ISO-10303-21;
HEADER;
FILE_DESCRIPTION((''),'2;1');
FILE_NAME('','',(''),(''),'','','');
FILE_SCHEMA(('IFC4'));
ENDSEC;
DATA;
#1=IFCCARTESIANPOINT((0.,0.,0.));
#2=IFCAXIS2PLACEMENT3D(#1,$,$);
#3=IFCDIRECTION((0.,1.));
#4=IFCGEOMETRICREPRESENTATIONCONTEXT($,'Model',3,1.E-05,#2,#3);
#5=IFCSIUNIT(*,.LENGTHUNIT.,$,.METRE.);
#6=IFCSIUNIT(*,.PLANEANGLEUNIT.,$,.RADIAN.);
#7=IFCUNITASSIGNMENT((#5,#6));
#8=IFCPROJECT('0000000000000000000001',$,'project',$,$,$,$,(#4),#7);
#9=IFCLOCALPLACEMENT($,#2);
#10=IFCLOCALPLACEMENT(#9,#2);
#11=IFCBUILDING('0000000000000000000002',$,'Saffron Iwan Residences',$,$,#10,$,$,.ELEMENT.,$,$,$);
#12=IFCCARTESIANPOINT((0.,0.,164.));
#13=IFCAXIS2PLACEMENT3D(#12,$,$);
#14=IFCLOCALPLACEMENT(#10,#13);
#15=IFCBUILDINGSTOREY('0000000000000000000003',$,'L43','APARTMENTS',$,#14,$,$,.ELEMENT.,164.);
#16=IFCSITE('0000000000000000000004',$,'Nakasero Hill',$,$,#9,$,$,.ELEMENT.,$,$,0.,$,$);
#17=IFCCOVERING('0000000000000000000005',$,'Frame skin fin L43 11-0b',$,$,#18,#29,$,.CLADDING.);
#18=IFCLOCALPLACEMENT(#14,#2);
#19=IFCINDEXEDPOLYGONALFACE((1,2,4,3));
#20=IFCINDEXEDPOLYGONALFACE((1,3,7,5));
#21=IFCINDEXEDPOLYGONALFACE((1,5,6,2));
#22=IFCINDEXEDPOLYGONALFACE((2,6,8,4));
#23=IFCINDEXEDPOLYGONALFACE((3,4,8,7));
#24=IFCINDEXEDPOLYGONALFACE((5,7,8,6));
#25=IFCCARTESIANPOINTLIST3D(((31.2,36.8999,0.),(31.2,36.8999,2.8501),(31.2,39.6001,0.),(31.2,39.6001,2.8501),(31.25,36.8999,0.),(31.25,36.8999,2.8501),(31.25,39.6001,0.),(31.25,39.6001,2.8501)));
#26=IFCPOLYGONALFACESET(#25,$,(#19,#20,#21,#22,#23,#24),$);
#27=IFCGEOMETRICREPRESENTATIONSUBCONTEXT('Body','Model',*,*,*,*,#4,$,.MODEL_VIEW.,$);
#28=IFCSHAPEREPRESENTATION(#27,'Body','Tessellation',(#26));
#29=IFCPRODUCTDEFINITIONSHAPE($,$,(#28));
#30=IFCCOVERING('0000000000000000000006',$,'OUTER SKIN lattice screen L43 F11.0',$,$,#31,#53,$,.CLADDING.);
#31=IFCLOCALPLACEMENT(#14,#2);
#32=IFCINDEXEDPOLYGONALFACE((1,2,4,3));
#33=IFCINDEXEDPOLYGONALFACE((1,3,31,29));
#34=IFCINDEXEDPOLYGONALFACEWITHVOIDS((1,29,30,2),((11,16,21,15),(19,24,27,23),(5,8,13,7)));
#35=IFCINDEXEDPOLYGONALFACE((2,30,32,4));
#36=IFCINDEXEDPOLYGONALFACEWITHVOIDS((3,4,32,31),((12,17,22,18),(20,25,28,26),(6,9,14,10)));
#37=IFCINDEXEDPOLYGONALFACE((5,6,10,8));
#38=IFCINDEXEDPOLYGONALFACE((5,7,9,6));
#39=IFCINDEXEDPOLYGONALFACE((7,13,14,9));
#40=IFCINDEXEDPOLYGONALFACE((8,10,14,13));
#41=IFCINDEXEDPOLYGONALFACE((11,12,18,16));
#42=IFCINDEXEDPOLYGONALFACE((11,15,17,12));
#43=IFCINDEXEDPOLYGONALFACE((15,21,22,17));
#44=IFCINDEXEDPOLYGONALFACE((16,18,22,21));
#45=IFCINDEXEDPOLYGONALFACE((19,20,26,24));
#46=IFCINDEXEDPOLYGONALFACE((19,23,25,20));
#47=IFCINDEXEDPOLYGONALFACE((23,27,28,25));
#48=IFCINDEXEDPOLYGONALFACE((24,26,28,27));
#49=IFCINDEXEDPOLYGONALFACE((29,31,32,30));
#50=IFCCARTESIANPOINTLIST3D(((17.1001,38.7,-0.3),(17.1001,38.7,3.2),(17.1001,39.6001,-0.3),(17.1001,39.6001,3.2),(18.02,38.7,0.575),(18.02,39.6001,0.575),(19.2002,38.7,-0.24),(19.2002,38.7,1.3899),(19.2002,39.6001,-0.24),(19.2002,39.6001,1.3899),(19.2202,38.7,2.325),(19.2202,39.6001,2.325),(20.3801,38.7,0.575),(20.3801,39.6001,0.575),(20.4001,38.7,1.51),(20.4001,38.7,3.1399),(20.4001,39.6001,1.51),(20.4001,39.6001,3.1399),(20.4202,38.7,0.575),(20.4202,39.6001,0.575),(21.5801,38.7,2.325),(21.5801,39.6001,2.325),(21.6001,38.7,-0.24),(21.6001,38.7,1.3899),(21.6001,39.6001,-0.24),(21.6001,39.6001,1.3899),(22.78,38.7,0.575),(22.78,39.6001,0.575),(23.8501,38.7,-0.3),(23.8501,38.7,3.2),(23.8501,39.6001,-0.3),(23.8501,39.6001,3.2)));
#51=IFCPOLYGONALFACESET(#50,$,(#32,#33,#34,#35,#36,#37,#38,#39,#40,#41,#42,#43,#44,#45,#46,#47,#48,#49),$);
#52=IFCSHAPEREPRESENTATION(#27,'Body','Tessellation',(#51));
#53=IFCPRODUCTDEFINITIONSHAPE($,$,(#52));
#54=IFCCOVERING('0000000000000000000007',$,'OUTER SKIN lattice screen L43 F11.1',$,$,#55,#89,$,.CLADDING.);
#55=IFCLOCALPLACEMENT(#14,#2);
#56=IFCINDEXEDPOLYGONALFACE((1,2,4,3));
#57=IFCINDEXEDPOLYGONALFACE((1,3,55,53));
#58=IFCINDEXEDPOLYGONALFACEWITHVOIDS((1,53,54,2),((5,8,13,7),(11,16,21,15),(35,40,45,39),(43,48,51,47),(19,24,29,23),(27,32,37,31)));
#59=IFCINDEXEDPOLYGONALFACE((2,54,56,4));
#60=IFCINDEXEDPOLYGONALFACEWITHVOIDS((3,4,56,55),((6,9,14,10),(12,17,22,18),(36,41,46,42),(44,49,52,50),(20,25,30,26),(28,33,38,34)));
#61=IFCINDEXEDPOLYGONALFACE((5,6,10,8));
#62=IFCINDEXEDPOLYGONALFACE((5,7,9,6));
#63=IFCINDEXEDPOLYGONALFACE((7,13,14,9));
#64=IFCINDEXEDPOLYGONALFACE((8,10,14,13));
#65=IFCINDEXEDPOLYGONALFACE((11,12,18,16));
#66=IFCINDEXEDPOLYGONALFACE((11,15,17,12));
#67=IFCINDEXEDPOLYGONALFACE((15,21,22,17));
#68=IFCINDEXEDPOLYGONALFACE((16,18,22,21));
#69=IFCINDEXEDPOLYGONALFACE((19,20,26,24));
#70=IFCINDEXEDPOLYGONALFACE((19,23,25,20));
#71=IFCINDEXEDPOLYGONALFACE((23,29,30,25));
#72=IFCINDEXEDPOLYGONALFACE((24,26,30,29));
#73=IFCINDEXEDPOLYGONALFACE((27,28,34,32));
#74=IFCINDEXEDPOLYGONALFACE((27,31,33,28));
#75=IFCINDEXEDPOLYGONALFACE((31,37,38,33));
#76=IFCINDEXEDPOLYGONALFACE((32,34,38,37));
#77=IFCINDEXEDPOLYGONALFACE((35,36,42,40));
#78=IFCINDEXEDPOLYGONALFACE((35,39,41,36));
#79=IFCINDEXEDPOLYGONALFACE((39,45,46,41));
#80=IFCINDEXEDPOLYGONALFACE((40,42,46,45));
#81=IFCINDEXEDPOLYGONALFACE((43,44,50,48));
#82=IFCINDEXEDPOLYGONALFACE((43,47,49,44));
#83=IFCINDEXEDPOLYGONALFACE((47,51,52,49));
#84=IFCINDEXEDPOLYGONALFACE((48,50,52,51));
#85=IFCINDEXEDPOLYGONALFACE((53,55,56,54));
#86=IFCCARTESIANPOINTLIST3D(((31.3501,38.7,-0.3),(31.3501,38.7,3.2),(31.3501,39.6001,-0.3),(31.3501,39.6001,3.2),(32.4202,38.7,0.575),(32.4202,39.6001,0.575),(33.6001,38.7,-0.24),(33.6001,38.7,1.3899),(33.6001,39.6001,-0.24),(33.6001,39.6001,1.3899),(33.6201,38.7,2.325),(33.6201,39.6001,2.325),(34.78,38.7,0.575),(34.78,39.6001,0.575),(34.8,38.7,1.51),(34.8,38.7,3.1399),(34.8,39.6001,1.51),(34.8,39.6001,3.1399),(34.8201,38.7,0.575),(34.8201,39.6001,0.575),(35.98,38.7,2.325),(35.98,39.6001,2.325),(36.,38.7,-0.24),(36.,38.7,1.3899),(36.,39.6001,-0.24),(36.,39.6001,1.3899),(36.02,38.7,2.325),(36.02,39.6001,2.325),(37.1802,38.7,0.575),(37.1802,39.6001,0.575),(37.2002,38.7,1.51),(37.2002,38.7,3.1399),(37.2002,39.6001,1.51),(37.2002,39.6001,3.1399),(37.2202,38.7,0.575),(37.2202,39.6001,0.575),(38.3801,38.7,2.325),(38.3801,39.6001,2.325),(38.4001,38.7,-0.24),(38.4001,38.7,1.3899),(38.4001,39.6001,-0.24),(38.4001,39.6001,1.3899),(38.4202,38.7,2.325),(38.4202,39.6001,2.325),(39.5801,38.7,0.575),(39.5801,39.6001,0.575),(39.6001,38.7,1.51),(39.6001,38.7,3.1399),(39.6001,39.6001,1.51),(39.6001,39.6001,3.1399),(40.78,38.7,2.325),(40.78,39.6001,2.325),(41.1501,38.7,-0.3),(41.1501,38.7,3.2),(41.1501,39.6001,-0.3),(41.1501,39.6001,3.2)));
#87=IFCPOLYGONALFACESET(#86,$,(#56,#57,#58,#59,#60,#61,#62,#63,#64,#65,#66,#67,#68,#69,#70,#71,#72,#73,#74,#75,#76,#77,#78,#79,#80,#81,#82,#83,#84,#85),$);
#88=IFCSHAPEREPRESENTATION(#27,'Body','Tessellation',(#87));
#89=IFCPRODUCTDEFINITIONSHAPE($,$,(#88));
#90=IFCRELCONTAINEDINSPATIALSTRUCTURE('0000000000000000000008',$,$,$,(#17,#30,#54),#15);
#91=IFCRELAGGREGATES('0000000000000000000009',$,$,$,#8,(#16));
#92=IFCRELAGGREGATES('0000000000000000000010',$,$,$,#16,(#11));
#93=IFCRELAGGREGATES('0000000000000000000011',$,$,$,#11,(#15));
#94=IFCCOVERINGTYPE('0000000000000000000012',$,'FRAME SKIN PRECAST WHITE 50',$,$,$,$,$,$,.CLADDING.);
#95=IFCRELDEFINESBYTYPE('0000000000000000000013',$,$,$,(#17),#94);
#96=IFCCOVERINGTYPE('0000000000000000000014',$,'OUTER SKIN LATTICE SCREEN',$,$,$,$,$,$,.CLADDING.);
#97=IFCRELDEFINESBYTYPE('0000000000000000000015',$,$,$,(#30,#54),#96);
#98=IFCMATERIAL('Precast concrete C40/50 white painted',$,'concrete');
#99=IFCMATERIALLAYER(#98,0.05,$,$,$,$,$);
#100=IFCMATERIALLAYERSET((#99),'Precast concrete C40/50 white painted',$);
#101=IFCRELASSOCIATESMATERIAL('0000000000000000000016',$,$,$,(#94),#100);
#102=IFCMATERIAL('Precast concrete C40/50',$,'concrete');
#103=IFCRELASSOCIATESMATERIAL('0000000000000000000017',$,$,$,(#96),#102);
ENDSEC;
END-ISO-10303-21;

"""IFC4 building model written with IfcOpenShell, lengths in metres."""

from ifc_helpers import new_model, si_unit, direction, frame, origin, place, context, subcontext, project, spatial, polyline, outline, extrude, material, layer, layer_set, type_object, element, save


model = new_model("IFC4")

# Units and contexts
model_context = context("Model", 3, precision=1e-05, world=origin(), true_north=direction((0.0, 1.0)))
body_context = subcontext(model_context, "Body", "Model", "MODEL_VIEW")
ifc_project = project(units=[si_unit("LENGTHUNIT", "METRE"), si_unit("PLANEANGLEUNIT", "RADIAN")], contexts=[model_context])

# Site, building, storey
site_placement = place(None, origin())
site = spatial("IfcSite", under=ifc_project, at=site_placement, Name="Nakasero Hill", CompositionType="ELEMENT", RefElevation=0.0)
building_placement = place(site_placement, origin())
building = spatial("IfcBuilding", under=site, at=building_placement, Name="Saffron Iwan Residences", CompositionType="ELEMENT")
storey_placement = place(building_placement, frame((0.0, 0.0, 164.0)))
storey = spatial("IfcBuildingStorey", under=building, at=storey_placement, Name="L43", Description="APARTMENTS", CompositionType="ELEMENT", Elevation=164.0)

# Coverings
ifc_material_1 = material(Name="Precast concrete C40/50 white painted", Category="concrete")
ifc_layer_1 = layer(ifc_material_1, 0.05)
ifc_layer_set_1 = layer_set([ifc_layer_1], Name="Precast concrete C40/50 white painted")
covering_type_1 = type_object("IfcCoveringType", Name="FRAME SKIN PRECAST WHITE 50", PredefinedType="CLADDING", material=ifc_layer_set_1)
covering_1_placement = place(storey_placement, origin())
element("IfcCovering", 1, at=covering_1_placement, inside=storey, type_object=covering_type_1, Name="Frame skin fin L43 11-0b", PredefinedType="CLADDING", context=body_context, shape_type="SweptSolid", body=[
    extrude(outline(polyline([(31.2, 36.8999), (31.25, 36.8999), (31.25, 39.6001), (31.2, 39.6001), (31.2, 36.8999)])), origin(), (0.0, 0.0, 1.0), 2.8501),
])
ifc_material_2 = material(Name="Precast concrete C40/50", Category="concrete")
covering_type_2 = type_object("IfcCoveringType", Name="OUTER SKIN LATTICE SCREEN", PredefinedType="CLADDING", material=ifc_material_2)
covering_2_placement = place(storey_placement, frame((17.1001, 39.6001, -0.3), z_axis=(0.0, -1.0, 0.0), x_axis=(1.0, 0.0, 0.0)))
element("IfcCovering", 2, at=covering_2_placement, inside=storey, type_object=covering_type_2, Name="OUTER SKIN lattice screen L43 F11.0", PredefinedType="CLADDING", context=body_context, shape_type="SweptSolid", body=[
    extrude(outline(polyline([(0.0, 0.0), (6.75, 0.0), (6.75, 3.5), (0.0, 3.5), (0.0, 0.0)]), holes=[polyline([(0.9199, 0.875), (2.1001, 0.0601), (3.28, 0.875), (2.1001, 1.6899), (0.9199, 0.875)]), polyline([(3.3201, 0.875), (4.5, 0.0601), (5.6799, 0.875), (4.5, 1.6899), (3.3201, 0.875)]), polyline([(2.1201, 2.625), (3.3, 1.8101), (4.48, 2.625), (3.3, 3.4399), (2.1201, 2.625)])]), origin(), (0.0, 0.0, 1.0), 0.9001),
])
covering_3_placement = place(storey_placement, frame((31.3501, 39.6001, -0.3), z_axis=(0.0, -1.0, 0.0), x_axis=(1.0, 0.0, 0.0)))
element("IfcCovering", 3, at=covering_3_placement, inside=storey, type_object=covering_type_2, Name="OUTER SKIN lattice screen L43 F11.1", PredefinedType="CLADDING", context=body_context, shape_type="SweptSolid", body=[
    extrude(outline(polyline([(0.0, 0.0), (9.8, 0.0), (9.8, 3.5), (0.0, 3.5), (0.0, 0.0)]), holes=[polyline([(1.0701, 0.875), (2.25, 0.0601), (3.4299, 0.875), (2.25, 1.6899), (1.0701, 0.875)]), polyline([(3.47, 0.875), (4.6499, 0.0601), (5.8301, 0.875), (4.6499, 1.6899), (3.47, 0.875)]), polyline([(5.8701, 0.875), (7.05, 0.0601), (8.23, 0.875), (7.05, 1.6899), (5.8701, 0.875)]), polyline([(2.27, 2.625), (3.45, 1.8101), (4.6299, 2.625), (3.45, 3.4399), (2.27, 2.625)]), polyline([(4.6699, 2.625), (5.8501, 1.8101), (7.03, 2.625), (5.8501, 3.4399), (4.6699, 2.625)]), polyline([(7.0701, 2.625), (8.25, 1.8101), (9.4299, 2.625), (8.25, 3.4399), (7.0701, 2.625)])]), origin(), (0.0, 0.0, 1.0), 0.9001),
])

save(model, "model.ifc")
